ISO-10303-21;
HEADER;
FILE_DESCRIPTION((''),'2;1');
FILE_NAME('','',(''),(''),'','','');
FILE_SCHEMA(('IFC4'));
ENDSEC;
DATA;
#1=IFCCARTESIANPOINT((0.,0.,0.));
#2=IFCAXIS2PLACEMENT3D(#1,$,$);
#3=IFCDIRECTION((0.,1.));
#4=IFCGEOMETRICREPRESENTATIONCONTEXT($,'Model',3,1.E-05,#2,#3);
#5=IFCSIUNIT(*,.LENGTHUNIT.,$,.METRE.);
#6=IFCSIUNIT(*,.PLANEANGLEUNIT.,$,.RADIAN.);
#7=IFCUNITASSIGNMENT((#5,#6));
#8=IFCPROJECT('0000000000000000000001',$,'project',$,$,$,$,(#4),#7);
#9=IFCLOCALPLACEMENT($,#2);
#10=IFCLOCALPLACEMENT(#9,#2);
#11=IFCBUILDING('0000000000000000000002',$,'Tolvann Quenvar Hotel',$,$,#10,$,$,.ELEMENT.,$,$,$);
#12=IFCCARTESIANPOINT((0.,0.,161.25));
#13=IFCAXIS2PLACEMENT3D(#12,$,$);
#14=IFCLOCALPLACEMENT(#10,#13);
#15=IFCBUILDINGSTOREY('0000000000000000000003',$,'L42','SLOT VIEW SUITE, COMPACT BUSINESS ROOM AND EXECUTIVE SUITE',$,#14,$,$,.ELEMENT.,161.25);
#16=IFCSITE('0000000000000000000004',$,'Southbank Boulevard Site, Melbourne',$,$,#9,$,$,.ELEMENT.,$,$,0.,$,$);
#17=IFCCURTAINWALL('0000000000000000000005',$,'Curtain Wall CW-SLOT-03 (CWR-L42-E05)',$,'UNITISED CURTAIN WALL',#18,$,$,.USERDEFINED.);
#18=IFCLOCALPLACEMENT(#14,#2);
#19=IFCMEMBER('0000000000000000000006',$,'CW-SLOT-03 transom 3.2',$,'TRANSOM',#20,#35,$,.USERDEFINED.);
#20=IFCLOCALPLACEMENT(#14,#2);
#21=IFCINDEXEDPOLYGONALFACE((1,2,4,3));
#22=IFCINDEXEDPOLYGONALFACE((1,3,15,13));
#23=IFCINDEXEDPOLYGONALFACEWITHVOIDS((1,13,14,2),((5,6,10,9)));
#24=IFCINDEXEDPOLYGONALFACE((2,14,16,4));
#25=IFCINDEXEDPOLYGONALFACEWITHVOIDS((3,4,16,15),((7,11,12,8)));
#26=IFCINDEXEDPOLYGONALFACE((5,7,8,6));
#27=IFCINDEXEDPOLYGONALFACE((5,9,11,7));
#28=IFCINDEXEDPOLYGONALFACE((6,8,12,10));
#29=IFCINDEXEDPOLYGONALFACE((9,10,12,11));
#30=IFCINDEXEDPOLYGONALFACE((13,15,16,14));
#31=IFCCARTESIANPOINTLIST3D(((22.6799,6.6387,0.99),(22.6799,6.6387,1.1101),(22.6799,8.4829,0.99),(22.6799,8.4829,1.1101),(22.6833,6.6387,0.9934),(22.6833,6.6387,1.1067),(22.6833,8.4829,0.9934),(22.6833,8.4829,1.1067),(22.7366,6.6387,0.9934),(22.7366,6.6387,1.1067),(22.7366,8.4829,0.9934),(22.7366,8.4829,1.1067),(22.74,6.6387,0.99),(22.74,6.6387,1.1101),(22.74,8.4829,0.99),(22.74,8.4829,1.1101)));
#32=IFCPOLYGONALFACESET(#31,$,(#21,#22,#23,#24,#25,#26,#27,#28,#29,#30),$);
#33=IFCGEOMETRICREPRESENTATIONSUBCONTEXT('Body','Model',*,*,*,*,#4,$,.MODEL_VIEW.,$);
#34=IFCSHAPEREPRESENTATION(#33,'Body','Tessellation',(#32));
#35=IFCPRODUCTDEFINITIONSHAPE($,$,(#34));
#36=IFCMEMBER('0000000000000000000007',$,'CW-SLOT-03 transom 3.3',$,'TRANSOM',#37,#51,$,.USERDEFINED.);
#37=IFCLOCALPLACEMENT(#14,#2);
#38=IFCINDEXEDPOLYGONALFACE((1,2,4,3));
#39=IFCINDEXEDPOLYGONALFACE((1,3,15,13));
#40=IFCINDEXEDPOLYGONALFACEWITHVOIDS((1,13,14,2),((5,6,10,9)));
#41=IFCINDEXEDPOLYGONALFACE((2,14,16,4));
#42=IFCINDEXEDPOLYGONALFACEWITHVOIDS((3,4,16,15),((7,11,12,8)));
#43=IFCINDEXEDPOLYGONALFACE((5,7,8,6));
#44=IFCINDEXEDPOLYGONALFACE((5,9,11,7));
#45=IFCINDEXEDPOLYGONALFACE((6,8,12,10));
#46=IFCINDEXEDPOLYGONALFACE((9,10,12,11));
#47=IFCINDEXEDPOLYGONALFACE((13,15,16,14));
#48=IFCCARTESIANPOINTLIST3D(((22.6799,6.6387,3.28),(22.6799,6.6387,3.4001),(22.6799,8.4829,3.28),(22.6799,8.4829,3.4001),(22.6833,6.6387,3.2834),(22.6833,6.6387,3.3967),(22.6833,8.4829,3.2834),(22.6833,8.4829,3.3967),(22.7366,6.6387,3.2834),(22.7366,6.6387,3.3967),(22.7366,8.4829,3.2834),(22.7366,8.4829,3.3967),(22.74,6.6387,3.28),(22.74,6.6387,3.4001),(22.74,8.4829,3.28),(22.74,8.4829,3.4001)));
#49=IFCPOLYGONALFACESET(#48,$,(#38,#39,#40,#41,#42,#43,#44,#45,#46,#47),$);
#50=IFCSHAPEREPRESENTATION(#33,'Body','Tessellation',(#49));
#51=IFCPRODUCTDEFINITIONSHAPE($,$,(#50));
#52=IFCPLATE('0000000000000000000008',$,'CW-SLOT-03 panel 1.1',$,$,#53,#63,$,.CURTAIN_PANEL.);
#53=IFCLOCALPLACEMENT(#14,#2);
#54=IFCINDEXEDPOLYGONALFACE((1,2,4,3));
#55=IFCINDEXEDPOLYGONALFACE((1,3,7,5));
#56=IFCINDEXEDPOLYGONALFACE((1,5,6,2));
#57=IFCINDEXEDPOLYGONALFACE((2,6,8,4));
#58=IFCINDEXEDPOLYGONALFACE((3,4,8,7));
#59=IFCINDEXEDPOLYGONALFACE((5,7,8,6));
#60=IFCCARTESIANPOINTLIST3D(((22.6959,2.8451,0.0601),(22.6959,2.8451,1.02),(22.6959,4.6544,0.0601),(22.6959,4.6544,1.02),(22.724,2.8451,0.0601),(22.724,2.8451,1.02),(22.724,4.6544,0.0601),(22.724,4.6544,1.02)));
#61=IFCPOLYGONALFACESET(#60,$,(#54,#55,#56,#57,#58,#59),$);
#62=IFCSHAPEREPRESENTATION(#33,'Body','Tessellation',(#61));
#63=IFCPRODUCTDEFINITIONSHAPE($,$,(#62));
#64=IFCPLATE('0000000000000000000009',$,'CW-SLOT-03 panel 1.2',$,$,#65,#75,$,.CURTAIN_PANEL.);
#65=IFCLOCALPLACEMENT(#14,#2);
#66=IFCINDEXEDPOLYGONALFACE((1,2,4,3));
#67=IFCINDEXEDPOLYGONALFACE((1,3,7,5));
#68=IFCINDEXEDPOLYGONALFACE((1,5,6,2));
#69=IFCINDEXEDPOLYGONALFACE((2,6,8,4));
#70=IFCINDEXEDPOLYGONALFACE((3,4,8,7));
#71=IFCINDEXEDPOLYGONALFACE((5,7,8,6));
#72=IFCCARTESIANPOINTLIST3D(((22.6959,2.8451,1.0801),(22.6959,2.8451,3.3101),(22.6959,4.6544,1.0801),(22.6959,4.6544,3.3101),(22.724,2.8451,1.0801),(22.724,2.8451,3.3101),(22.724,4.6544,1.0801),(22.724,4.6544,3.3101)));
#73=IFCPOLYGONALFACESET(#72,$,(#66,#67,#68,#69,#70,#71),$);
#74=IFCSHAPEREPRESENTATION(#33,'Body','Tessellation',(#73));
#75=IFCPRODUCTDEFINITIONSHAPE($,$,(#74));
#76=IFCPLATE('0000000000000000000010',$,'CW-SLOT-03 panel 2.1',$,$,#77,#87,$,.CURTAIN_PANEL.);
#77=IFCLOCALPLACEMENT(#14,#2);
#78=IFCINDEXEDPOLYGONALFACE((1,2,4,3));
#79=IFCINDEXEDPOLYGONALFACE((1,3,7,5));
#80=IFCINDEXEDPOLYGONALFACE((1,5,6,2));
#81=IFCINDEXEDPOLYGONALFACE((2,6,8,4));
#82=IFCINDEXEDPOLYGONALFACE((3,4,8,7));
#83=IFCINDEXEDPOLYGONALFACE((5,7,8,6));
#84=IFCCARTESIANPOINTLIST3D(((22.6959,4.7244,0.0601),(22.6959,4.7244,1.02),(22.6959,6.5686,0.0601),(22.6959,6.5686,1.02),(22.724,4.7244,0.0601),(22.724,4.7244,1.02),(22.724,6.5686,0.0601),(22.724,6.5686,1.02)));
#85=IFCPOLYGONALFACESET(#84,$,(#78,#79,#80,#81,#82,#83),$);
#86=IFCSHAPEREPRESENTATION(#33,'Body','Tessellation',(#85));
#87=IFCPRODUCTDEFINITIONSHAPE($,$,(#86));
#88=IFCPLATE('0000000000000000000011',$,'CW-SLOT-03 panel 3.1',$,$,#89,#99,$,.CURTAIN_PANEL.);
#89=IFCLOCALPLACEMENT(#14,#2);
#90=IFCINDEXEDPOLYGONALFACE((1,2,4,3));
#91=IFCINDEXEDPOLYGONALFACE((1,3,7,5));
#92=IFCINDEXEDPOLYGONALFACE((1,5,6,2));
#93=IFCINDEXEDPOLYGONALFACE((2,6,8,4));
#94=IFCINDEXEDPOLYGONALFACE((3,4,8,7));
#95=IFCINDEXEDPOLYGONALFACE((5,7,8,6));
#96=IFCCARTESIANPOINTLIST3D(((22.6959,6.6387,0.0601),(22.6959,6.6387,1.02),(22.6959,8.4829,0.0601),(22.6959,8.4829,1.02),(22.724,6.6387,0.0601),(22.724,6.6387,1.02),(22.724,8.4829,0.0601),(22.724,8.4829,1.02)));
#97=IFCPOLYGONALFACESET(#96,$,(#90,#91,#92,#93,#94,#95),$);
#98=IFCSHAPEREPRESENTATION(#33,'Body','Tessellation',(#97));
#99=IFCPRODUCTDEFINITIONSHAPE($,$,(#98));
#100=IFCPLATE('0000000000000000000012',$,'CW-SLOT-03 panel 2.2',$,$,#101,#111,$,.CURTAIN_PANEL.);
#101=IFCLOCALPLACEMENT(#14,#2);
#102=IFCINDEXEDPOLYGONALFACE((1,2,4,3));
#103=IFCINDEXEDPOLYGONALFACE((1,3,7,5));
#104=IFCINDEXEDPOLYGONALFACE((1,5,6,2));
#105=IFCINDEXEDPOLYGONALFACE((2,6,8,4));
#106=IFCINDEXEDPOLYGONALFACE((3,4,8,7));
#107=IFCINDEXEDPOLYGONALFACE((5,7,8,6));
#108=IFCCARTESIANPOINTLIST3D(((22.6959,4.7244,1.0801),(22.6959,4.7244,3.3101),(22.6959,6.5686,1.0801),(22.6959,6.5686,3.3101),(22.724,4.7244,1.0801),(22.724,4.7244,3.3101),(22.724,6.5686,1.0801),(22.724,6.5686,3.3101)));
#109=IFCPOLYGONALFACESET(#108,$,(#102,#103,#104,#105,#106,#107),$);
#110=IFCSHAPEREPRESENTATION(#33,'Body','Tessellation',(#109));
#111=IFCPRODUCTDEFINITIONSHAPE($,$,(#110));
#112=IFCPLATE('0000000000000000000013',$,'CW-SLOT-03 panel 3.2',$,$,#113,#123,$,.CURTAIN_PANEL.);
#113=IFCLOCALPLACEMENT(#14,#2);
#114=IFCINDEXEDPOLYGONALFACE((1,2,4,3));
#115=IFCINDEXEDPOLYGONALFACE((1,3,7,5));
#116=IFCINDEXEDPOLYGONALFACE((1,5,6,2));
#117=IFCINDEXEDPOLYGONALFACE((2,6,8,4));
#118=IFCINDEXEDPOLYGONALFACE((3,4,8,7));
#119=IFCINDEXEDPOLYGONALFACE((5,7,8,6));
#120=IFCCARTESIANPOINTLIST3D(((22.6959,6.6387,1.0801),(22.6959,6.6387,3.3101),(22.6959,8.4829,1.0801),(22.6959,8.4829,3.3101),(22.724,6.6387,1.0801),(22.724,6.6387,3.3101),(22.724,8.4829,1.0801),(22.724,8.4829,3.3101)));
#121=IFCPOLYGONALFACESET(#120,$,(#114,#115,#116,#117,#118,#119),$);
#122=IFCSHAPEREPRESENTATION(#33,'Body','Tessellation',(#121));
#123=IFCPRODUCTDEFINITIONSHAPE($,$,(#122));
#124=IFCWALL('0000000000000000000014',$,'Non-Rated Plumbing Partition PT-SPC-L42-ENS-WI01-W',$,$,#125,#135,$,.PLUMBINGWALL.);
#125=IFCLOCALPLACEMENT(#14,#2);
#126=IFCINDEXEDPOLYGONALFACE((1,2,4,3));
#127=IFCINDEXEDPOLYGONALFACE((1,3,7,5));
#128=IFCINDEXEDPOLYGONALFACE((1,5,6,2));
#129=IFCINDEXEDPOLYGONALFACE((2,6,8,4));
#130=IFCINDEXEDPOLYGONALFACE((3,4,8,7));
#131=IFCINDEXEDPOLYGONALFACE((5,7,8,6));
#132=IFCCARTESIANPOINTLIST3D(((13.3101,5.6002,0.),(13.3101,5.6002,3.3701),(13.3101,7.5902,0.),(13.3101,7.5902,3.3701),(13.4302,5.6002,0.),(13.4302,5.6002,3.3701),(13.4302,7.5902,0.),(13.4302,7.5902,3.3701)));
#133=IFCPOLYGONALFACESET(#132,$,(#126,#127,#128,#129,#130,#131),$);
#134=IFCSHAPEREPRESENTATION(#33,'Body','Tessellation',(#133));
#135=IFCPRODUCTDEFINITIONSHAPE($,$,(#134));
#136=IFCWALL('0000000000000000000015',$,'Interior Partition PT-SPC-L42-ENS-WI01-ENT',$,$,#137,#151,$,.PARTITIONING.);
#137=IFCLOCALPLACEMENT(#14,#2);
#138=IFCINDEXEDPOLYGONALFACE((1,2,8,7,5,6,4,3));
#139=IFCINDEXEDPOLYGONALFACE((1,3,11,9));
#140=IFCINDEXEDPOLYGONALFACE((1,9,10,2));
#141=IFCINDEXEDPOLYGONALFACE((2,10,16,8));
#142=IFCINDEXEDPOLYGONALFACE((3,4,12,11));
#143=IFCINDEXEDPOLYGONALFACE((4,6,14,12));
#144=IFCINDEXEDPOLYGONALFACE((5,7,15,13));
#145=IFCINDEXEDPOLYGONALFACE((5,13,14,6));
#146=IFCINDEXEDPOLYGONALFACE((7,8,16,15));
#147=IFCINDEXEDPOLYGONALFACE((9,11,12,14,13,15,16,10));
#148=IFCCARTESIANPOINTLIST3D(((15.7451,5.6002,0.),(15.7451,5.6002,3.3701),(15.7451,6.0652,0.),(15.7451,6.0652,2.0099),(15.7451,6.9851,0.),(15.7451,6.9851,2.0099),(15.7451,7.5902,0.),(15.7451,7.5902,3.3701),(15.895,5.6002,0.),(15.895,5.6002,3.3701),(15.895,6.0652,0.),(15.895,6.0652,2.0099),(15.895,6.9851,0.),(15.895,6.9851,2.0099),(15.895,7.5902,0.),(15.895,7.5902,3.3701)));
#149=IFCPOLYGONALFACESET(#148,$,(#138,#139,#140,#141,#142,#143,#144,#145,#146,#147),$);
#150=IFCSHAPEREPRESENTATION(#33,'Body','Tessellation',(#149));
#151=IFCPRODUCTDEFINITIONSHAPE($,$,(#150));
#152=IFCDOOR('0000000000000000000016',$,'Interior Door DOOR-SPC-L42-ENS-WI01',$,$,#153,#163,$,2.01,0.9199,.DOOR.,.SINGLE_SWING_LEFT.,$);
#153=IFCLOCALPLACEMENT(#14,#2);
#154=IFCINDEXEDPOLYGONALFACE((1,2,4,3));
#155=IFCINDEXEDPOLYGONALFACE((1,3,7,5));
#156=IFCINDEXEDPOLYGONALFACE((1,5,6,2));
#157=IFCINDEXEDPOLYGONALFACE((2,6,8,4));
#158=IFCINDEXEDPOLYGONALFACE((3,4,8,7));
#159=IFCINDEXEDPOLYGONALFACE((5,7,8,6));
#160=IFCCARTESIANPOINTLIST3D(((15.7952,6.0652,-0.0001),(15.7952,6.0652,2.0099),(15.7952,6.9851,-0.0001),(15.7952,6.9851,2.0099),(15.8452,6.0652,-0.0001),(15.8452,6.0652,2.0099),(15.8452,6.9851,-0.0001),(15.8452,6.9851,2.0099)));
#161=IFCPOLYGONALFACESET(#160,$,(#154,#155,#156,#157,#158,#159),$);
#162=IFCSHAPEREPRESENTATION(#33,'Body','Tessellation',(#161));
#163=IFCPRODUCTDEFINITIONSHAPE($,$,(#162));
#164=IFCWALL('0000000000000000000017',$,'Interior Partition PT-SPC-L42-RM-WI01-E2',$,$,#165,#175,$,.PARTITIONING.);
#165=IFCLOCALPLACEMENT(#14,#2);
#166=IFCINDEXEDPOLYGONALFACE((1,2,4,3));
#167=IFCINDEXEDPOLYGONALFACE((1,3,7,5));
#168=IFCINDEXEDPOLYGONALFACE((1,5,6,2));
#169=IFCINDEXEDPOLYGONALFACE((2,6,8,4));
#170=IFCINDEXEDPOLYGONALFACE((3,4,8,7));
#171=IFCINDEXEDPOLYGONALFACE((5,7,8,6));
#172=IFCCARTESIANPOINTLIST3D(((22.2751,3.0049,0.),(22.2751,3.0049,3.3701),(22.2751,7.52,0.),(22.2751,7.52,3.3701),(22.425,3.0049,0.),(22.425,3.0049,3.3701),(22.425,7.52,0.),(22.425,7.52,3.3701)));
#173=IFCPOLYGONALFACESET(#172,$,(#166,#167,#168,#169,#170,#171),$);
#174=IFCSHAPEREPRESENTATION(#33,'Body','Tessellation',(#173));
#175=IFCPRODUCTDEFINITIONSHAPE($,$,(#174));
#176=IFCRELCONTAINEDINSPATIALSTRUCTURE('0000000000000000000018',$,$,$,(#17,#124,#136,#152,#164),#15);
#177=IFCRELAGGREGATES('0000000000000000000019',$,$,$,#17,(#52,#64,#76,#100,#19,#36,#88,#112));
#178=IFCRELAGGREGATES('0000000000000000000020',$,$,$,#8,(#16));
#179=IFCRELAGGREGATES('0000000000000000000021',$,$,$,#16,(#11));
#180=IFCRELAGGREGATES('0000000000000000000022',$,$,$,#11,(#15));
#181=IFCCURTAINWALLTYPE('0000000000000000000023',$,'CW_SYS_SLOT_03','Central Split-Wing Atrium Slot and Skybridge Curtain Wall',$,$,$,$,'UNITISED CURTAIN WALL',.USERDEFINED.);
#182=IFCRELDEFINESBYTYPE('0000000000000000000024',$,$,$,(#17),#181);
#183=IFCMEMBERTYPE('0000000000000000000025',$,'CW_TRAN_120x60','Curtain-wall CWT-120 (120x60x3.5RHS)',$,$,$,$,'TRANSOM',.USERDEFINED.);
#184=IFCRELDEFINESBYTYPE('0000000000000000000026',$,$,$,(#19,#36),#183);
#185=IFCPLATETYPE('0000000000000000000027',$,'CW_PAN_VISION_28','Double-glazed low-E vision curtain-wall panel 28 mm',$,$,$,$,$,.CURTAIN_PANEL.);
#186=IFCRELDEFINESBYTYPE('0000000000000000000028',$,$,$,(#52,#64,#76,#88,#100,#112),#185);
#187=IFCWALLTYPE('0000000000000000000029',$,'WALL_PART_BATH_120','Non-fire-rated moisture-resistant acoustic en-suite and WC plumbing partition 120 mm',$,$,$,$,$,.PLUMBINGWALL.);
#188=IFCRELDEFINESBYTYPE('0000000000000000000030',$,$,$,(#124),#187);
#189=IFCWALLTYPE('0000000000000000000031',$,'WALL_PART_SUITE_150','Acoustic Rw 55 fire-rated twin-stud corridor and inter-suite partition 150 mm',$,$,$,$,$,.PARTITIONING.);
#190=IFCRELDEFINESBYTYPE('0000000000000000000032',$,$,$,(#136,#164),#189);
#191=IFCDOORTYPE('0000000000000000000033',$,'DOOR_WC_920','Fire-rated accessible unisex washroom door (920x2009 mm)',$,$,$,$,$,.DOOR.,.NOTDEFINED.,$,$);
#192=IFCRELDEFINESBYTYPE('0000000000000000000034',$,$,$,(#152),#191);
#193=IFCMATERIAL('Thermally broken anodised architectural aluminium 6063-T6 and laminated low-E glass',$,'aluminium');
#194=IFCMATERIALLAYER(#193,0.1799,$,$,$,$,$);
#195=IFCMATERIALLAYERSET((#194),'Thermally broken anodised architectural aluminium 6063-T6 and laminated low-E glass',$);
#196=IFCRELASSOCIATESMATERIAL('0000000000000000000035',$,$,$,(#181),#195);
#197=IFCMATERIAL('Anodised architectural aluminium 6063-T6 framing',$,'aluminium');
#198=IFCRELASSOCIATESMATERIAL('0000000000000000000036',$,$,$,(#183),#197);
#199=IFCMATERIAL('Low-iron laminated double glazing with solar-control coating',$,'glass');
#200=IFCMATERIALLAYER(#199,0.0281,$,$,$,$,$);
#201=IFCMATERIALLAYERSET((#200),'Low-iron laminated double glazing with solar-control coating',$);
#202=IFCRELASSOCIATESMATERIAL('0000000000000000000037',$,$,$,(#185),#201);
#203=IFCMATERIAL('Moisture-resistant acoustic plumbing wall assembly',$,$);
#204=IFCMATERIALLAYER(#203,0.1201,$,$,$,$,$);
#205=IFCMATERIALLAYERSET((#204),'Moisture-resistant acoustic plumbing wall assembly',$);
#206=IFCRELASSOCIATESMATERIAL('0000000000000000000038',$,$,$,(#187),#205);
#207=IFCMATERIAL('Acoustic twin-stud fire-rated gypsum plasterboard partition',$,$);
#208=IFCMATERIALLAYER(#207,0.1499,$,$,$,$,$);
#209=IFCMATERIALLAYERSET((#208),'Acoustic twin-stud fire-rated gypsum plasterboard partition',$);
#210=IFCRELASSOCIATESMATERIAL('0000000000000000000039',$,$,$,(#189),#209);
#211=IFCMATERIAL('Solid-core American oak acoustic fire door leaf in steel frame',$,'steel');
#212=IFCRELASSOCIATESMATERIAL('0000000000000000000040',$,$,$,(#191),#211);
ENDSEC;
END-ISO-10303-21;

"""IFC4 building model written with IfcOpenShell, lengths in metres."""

from ifc_helpers import new_model, si_unit, direction, frame, frame_2d, origin, origin_2d, place, context, subcontext, project, spatial, rectangle, hollow_rectangle, extrude, source, transform, mapped, material, layer, layer_set, material_profile, profile_set, type_object, type_shapes, element, fill, aggregate, save


model = new_model("IFC4")

# Units and contexts
model_context = context("Model", 3, precision=1e-05, world=origin(), true_north=direction((0.0, 1.0)))
body_context = subcontext(model_context, "Body", "Model", "MODEL_VIEW")
ifc_project = project(units=[si_unit("LENGTHUNIT", "METRE"), si_unit("PLANEANGLEUNIT", "RADIAN")], contexts=[model_context])

# Site, building, storey
site_placement = place(None, origin())
site = spatial("IfcSite", under=ifc_project, at=site_placement, Name="Southbank Boulevard Site, Melbourne", CompositionType="ELEMENT", RefElevation=0.0)
building_placement = place(site_placement, origin())
building = spatial("IfcBuilding", under=site, at=building_placement, Name="Tolvann Quenvar Hotel", CompositionType="ELEMENT")
storey_placement = place(building_placement, frame((0.0, 0.0, 161.25)))
storey = spatial("IfcBuildingStorey", under=building, at=storey_placement, Name="L42", Description="SLOT VIEW SUITE, COMPACT BUSINESS ROOM AND EXECUTIVE SUITE", CompositionType="ELEMENT", Elevation=161.25)

# Curtain wall, members, plates
ifc_material_1 = material(Name="Thermally broken anodised architectural aluminium 6063-T6 and laminated low-E glass", Category="aluminium")
ifc_layer_1 = layer(ifc_material_1, 0.1799)
ifc_layer_set_1 = layer_set([ifc_layer_1], Name="Thermally broken anodised architectural aluminium 6063-T6 and laminated low-E glass")
curtain_wall_type = type_object("IfcCurtainWallType", Name="CW_SYS_SLOT_03", Description="Central Split-Wing Atrium Slot and Skybridge Curtain Wall", ElementType="UNITISED CURTAIN WALL", PredefinedType="USERDEFINED", material=ifc_layer_set_1)
curtain_wall_placement = place(storey_placement, origin())
curtain_wall = element("IfcCurtainWall", 1, at=curtain_wall_placement, inside=storey, type_object=curtain_wall_type, Name="Curtain Wall CW-SLOT-03 (CWR-L42-E05)", ObjectType="UNITISED CURTAIN WALL", PredefinedType="USERDEFINED")
ifc_material_2 = material(Name="Anodised architectural aluminium 6063-T6 framing", Category="aluminium")
ifc_material_profile_1 = material_profile(ifc_material_2, hollow_rectangle(XDim=0.0601, YDim=0.1201, WallThickness=0.0034, at=origin_2d()), Name="120x60x3.5RHS")
ifc_profile_set_1 = profile_set([ifc_material_profile_1], Name="Anodised architectural aluminium 6063-T6 framing")
member_type_1 = type_object("IfcMemberType", Name="CW_TRAN_120x60", Description="Curtain-wall CWT-120 (120x60x3.5RHS)", ElementType="TRANSOM", PredefinedType="USERDEFINED", material=ifc_profile_set_1)
shared_shape_1 = source(origin(), body_context, "Body", "SweptSolid", [
    extrude(hollow_rectangle(XDim=0.0601, YDim=0.1201, WallThickness=0.0034, at=origin_2d()), origin(), (0.0, 0.0, 1.0), 1.8442),
])
member_1_placement = place(storey_placement, frame((22.71, 6.6387, 1.05), z_axis=(0.0, 1.0, 0.0), x_axis=(-1.0, 0.0, 0.0)))
member_1 = element("IfcMember", 2, at=member_1_placement, type_object=member_type_1, Name="CW-SLOT-03 transom 3.2", ObjectType="TRANSOM", PredefinedType="USERDEFINED", context=body_context, shape_type="MappedRepresentation", body=[
    mapped(shared_shape_1, transform((0.0, 0.0, 0.0), x_axis=(1.0, 0.0, 0.0), y_axis=(0.0, 1.0, 0.0), z_axis=(0.0, 0.0, 1.0), scale=1.0)),
])
member_2_placement = place(storey_placement, frame((22.71, 6.6387, 3.3401), z_axis=(0.0, 1.0, 0.0), x_axis=(-1.0, 0.0, 0.0)))
member_2 = element("IfcMember", 3, at=member_2_placement, type_object=member_type_1, Name="CW-SLOT-03 transom 3.3", ObjectType="TRANSOM", PredefinedType="USERDEFINED", context=body_context, shape_type="MappedRepresentation", body=[
    mapped(shared_shape_1, transform((0.0, 0.0, 0.0), x_axis=(1.0, 0.0, 0.0), y_axis=(0.0, 1.0, 0.0), z_axis=(0.0, 0.0, 1.0), scale=1.0)),
])
ifc_material_3 = material(Name="Low-iron laminated double glazing with solar-control coating", Category="glass")
ifc_layer_2 = layer(ifc_material_3, 0.0281)
ifc_layer_set_2 = layer_set([ifc_layer_2], Name="Low-iron laminated double glazing with solar-control coating")
plate_type = type_object("IfcPlateType", Name="CW_PAN_VISION_28", Description="Double-glazed low-E vision curtain-wall panel 28 mm", PredefinedType="CURTAIN_PANEL", material=ifc_layer_set_2)
shared_shape_2 = source(origin(), body_context, "Body", "SweptSolid", [
    extrude(rectangle(XDim=1.8093, YDim=0.0281, at=origin_2d()), origin(), (0.0, 0.0, 1.0), 0.96),
])
plate_1_placement = place(storey_placement, frame((22.71, 3.7498, 0.0601), z_axis=(0.0, 0.0, 1.0), x_axis=(0.0, 1.0, 0.0)))
plate_1 = element("IfcPlate", 4, at=plate_1_placement, type_object=plate_type, Name="CW-SLOT-03 panel 1.1", PredefinedType="CURTAIN_PANEL", context=body_context, shape_type="MappedRepresentation", body=[
    mapped(shared_shape_2, transform((0.0, 0.0, 0.0), x_axis=(1.0, 0.0, 0.0), y_axis=(0.0, 1.0, 0.0), z_axis=(0.0, 0.0, 1.0), scale=1.0)),
])
shared_shape_3 = source(origin(), body_context, "Body", "SweptSolid", [
    extrude(rectangle(XDim=1.8093, YDim=0.0281, at=origin_2d()), origin(), (0.0, 0.0, 1.0), 2.23),
])
plate_2_placement = place(storey_placement, frame((22.71, 3.7498, 1.0801), z_axis=(0.0, 0.0, 1.0), x_axis=(0.0, 1.0, 0.0)))
plate_2 = element("IfcPlate", 5, at=plate_2_placement, type_object=plate_type, Name="CW-SLOT-03 panel 1.2", PredefinedType="CURTAIN_PANEL", context=body_context, shape_type="MappedRepresentation", body=[
    mapped(shared_shape_3, transform((0.0, 0.0, 0.0), x_axis=(1.0, 0.0, 0.0), y_axis=(0.0, 1.0, 0.0), z_axis=(0.0, 0.0, 1.0), scale=1.0)),
])
shared_shape_4 = source(origin(), body_context, "Body", "SweptSolid", [
    extrude(rectangle(XDim=1.8442, YDim=0.0281, at=origin_2d()), origin(), (0.0, 0.0, 1.0), 0.96),
])
plate_3_placement = place(storey_placement, frame((22.71, 5.6465, 0.0601), z_axis=(0.0, 0.0, 1.0), x_axis=(0.0, 1.0, 0.0)))
plate_3 = element("IfcPlate", 6, at=plate_3_placement, type_object=plate_type, Name="CW-SLOT-03 panel 2.1", PredefinedType="CURTAIN_PANEL", context=body_context, shape_type="MappedRepresentation", body=[
    mapped(shared_shape_4, transform((0.0, 0.0, 0.0), x_axis=(1.0, 0.0, 0.0), y_axis=(0.0, 1.0, 0.0), z_axis=(0.0, 0.0, 1.0), scale=1.0)),
])
plate_4_placement = place(storey_placement, frame((22.71, 7.5608, 0.0601), z_axis=(0.0, 0.0, 1.0), x_axis=(0.0, 1.0, 0.0)))
plate_4 = element("IfcPlate", 7, at=plate_4_placement, type_object=plate_type, Name="CW-SLOT-03 panel 3.1", PredefinedType="CURTAIN_PANEL", context=body_context, shape_type="MappedRepresentation", body=[
    mapped(shared_shape_4, transform((0.0, 0.0, 0.0), x_axis=(1.0, 0.0, 0.0), y_axis=(0.0, 1.0, 0.0), z_axis=(0.0, 0.0, 1.0), scale=1.0)),
])
shared_shape_5 = source(origin(), body_context, "Body", "SweptSolid", [
    extrude(rectangle(XDim=1.8442, YDim=0.0281, at=origin_2d()), origin(), (0.0, 0.0, 1.0), 2.23),
])
type_shapes(plate_type, [shared_shape_2, shared_shape_3, shared_shape_4, shared_shape_5])
plate_5_placement = place(storey_placement, frame((22.71, 5.6465, 1.0801), z_axis=(0.0, 0.0, 1.0), x_axis=(0.0, 1.0, 0.0)))
plate_5 = element("IfcPlate", 8, at=plate_5_placement, type_object=plate_type, Name="CW-SLOT-03 panel 2.2", PredefinedType="CURTAIN_PANEL", context=body_context, shape_type="MappedRepresentation", body=[
    mapped(shared_shape_5, transform((0.0, 0.0, 0.0), x_axis=(1.0, 0.0, 0.0), y_axis=(0.0, 1.0, 0.0), z_axis=(0.0, 0.0, 1.0), scale=1.0)),
])
plate_6_placement = place(storey_placement, frame((22.71, 7.5608, 1.0801), z_axis=(0.0, 0.0, 1.0), x_axis=(0.0, 1.0, 0.0)))
plate_6 = element("IfcPlate", 9, at=plate_6_placement, type_object=plate_type, Name="CW-SLOT-03 panel 3.2", PredefinedType="CURTAIN_PANEL", context=body_context, shape_type="MappedRepresentation", body=[
    mapped(shared_shape_5, transform((0.0, 0.0, 0.0), x_axis=(1.0, 0.0, 0.0), y_axis=(0.0, 1.0, 0.0), z_axis=(0.0, 0.0, 1.0), scale=1.0)),
])
aggregate(curtain_wall, [plate_1, plate_2, plate_3, plate_5, member_1, member_2, plate_4, plate_6])

# Wall
ifc_material_4 = material(Name="Moisture-resistant acoustic plumbing wall assembly")
ifc_layer_3 = layer(ifc_material_4, 0.1201)
ifc_layer_set_3 = layer_set([ifc_layer_3], Name="Moisture-resistant acoustic plumbing wall assembly")
wall_type_1 = type_object("IfcWallType", Name="WALL_PART_BATH_120", Description="Non-fire-rated moisture-resistant acoustic en-suite and WC plumbing partition 120 mm", PredefinedType="PLUMBINGWALL", material=ifc_layer_set_3)
wall_1_placement = place(storey_placement, frame((13.3701, 5.6001, 0.0), z_axis=(0.0, 0.0, 1.0), x_axis=(0.0, 1.0, 0.0)))
element("IfcWall", 10, at=wall_1_placement, inside=storey, type_object=wall_type_1, Name="Non-Rated Plumbing Partition PT-SPC-L42-ENS-WI01-W", PredefinedType="PLUMBINGWALL", context=body_context, shape_type="SweptSolid", body=[
    extrude(rectangle(XDim=1.99, YDim=0.1201, at=frame_2d((0.9951, 0.0))), origin(), (0.0, 0.0, 1.0), 3.3701),
])

# Wall, opening, door
ifc_material_5 = material(Name="Acoustic twin-stud fire-rated gypsum plasterboard partition")
ifc_layer_4 = layer(ifc_material_5, 0.1499)
ifc_layer_set_4 = layer_set([ifc_layer_4], Name="Acoustic twin-stud fire-rated gypsum plasterboard partition")
wall_type_2 = type_object("IfcWallType", Name="WALL_PART_SUITE_150", Description="Acoustic Rw 55 fire-rated twin-stud corridor and inter-suite partition 150 mm", PredefinedType="PARTITIONING", material=ifc_layer_set_4)
wall_2_placement = place(storey_placement, frame((15.8201, 5.6001, 0.0), z_axis=(0.0, 0.0, 1.0), x_axis=(0.0, 1.0, 0.0)))
wall_2 = element("IfcWall", 11, at=wall_2_placement, inside=storey, type_object=wall_type_2, Name="Interior Partition PT-SPC-L42-ENS-WI01-ENT", PredefinedType="PARTITIONING", context=body_context, shape_type="SweptSolid", body=[
    extrude(rectangle(XDim=1.99, YDim=0.1499, at=frame_2d((0.9951, 0.0))), origin(), (0.0, 0.0, 1.0), 3.3701),
])
opening_1_placement = place(wall_2_placement, frame((0.4651, 0.0, 0.0)))
opening_1 = element("IfcOpeningElement", 12, at=opening_1_placement, cuts=wall_2, PredefinedType="OPENING", context=body_context, shape_type="SweptSolid", body=[
    extrude(rectangle(XDim=0.9199, YDim=2.01, at=frame_2d((0.46, 1.0049))), frame((0.0, 0.085, 0.0), z_axis=(0.0, -1.0, 0.0), x_axis=(1.0, 0.0, 0.0)), (0.0, 0.0, 1.0), 0.1699),
])
ifc_material_6 = material(Name="Solid-core American oak acoustic fire door leaf in steel frame", Category="steel")
door_type_1 = type_object("IfcDoorType", Name="DOOR_WC_920", Description="Fire-rated accessible unisex washroom door (920x2009 mm)", OperationType="NOTDEFINED", PredefinedType="DOOR", material=ifc_material_6)
shared_shape_6 = source(origin(), body_context, "Body", "SweptSolid", [
    extrude(rectangle(XDim=0.9199, YDim=2.01, at=frame_2d((0.46, 1.0049))), frame((0.0, 0.0249, 0.0), z_axis=(0.0, -1.0, 0.0), x_axis=(1.0, 0.0, 0.0)), (0.0, 0.0, 1.0), 0.05),
])
type_shapes(door_type_1, [shared_shape_6])
door_1_placement = place(opening_1_placement, origin())
door_1 = element("IfcDoor", 13, at=door_1_placement, inside=storey, type_object=door_type_1, Name="Interior Door DOOR-SPC-L42-ENS-WI01", OperationType="SINGLE_SWING_LEFT", OverallHeight=2.01, OverallWidth=0.9199, PredefinedType="DOOR", context=body_context, shape_type="MappedRepresentation", body=[
    mapped(shared_shape_6, transform((0.0, 0.0, 0.0), x_axis=(1.0, 0.0, 0.0), y_axis=(0.0, 1.0, 0.0), z_axis=(0.0, 0.0, 1.0), scale=1.0)),
])
fill(opening_1, door_1)

# Wall
wall_3_placement = place(storey_placement, frame((22.3501, 3.0049, 0.0), z_axis=(0.0, 0.0, 1.0), x_axis=(0.0, 1.0, 0.0)))
element("IfcWall", 14, at=wall_3_placement, inside=storey, type_object=wall_type_2, Name="Interior Partition PT-SPC-L42-RM-WI01-E2", PredefinedType="PARTITIONING", context=body_context, shape_type="SweptSolid", body=[
    extrude(rectangle(XDim=4.5151, YDim=0.1499, at=frame_2d((2.2576, 0.0))), origin(), (0.0, 0.0, 1.0), 3.3701),
])

save(model, "model.ifc")
